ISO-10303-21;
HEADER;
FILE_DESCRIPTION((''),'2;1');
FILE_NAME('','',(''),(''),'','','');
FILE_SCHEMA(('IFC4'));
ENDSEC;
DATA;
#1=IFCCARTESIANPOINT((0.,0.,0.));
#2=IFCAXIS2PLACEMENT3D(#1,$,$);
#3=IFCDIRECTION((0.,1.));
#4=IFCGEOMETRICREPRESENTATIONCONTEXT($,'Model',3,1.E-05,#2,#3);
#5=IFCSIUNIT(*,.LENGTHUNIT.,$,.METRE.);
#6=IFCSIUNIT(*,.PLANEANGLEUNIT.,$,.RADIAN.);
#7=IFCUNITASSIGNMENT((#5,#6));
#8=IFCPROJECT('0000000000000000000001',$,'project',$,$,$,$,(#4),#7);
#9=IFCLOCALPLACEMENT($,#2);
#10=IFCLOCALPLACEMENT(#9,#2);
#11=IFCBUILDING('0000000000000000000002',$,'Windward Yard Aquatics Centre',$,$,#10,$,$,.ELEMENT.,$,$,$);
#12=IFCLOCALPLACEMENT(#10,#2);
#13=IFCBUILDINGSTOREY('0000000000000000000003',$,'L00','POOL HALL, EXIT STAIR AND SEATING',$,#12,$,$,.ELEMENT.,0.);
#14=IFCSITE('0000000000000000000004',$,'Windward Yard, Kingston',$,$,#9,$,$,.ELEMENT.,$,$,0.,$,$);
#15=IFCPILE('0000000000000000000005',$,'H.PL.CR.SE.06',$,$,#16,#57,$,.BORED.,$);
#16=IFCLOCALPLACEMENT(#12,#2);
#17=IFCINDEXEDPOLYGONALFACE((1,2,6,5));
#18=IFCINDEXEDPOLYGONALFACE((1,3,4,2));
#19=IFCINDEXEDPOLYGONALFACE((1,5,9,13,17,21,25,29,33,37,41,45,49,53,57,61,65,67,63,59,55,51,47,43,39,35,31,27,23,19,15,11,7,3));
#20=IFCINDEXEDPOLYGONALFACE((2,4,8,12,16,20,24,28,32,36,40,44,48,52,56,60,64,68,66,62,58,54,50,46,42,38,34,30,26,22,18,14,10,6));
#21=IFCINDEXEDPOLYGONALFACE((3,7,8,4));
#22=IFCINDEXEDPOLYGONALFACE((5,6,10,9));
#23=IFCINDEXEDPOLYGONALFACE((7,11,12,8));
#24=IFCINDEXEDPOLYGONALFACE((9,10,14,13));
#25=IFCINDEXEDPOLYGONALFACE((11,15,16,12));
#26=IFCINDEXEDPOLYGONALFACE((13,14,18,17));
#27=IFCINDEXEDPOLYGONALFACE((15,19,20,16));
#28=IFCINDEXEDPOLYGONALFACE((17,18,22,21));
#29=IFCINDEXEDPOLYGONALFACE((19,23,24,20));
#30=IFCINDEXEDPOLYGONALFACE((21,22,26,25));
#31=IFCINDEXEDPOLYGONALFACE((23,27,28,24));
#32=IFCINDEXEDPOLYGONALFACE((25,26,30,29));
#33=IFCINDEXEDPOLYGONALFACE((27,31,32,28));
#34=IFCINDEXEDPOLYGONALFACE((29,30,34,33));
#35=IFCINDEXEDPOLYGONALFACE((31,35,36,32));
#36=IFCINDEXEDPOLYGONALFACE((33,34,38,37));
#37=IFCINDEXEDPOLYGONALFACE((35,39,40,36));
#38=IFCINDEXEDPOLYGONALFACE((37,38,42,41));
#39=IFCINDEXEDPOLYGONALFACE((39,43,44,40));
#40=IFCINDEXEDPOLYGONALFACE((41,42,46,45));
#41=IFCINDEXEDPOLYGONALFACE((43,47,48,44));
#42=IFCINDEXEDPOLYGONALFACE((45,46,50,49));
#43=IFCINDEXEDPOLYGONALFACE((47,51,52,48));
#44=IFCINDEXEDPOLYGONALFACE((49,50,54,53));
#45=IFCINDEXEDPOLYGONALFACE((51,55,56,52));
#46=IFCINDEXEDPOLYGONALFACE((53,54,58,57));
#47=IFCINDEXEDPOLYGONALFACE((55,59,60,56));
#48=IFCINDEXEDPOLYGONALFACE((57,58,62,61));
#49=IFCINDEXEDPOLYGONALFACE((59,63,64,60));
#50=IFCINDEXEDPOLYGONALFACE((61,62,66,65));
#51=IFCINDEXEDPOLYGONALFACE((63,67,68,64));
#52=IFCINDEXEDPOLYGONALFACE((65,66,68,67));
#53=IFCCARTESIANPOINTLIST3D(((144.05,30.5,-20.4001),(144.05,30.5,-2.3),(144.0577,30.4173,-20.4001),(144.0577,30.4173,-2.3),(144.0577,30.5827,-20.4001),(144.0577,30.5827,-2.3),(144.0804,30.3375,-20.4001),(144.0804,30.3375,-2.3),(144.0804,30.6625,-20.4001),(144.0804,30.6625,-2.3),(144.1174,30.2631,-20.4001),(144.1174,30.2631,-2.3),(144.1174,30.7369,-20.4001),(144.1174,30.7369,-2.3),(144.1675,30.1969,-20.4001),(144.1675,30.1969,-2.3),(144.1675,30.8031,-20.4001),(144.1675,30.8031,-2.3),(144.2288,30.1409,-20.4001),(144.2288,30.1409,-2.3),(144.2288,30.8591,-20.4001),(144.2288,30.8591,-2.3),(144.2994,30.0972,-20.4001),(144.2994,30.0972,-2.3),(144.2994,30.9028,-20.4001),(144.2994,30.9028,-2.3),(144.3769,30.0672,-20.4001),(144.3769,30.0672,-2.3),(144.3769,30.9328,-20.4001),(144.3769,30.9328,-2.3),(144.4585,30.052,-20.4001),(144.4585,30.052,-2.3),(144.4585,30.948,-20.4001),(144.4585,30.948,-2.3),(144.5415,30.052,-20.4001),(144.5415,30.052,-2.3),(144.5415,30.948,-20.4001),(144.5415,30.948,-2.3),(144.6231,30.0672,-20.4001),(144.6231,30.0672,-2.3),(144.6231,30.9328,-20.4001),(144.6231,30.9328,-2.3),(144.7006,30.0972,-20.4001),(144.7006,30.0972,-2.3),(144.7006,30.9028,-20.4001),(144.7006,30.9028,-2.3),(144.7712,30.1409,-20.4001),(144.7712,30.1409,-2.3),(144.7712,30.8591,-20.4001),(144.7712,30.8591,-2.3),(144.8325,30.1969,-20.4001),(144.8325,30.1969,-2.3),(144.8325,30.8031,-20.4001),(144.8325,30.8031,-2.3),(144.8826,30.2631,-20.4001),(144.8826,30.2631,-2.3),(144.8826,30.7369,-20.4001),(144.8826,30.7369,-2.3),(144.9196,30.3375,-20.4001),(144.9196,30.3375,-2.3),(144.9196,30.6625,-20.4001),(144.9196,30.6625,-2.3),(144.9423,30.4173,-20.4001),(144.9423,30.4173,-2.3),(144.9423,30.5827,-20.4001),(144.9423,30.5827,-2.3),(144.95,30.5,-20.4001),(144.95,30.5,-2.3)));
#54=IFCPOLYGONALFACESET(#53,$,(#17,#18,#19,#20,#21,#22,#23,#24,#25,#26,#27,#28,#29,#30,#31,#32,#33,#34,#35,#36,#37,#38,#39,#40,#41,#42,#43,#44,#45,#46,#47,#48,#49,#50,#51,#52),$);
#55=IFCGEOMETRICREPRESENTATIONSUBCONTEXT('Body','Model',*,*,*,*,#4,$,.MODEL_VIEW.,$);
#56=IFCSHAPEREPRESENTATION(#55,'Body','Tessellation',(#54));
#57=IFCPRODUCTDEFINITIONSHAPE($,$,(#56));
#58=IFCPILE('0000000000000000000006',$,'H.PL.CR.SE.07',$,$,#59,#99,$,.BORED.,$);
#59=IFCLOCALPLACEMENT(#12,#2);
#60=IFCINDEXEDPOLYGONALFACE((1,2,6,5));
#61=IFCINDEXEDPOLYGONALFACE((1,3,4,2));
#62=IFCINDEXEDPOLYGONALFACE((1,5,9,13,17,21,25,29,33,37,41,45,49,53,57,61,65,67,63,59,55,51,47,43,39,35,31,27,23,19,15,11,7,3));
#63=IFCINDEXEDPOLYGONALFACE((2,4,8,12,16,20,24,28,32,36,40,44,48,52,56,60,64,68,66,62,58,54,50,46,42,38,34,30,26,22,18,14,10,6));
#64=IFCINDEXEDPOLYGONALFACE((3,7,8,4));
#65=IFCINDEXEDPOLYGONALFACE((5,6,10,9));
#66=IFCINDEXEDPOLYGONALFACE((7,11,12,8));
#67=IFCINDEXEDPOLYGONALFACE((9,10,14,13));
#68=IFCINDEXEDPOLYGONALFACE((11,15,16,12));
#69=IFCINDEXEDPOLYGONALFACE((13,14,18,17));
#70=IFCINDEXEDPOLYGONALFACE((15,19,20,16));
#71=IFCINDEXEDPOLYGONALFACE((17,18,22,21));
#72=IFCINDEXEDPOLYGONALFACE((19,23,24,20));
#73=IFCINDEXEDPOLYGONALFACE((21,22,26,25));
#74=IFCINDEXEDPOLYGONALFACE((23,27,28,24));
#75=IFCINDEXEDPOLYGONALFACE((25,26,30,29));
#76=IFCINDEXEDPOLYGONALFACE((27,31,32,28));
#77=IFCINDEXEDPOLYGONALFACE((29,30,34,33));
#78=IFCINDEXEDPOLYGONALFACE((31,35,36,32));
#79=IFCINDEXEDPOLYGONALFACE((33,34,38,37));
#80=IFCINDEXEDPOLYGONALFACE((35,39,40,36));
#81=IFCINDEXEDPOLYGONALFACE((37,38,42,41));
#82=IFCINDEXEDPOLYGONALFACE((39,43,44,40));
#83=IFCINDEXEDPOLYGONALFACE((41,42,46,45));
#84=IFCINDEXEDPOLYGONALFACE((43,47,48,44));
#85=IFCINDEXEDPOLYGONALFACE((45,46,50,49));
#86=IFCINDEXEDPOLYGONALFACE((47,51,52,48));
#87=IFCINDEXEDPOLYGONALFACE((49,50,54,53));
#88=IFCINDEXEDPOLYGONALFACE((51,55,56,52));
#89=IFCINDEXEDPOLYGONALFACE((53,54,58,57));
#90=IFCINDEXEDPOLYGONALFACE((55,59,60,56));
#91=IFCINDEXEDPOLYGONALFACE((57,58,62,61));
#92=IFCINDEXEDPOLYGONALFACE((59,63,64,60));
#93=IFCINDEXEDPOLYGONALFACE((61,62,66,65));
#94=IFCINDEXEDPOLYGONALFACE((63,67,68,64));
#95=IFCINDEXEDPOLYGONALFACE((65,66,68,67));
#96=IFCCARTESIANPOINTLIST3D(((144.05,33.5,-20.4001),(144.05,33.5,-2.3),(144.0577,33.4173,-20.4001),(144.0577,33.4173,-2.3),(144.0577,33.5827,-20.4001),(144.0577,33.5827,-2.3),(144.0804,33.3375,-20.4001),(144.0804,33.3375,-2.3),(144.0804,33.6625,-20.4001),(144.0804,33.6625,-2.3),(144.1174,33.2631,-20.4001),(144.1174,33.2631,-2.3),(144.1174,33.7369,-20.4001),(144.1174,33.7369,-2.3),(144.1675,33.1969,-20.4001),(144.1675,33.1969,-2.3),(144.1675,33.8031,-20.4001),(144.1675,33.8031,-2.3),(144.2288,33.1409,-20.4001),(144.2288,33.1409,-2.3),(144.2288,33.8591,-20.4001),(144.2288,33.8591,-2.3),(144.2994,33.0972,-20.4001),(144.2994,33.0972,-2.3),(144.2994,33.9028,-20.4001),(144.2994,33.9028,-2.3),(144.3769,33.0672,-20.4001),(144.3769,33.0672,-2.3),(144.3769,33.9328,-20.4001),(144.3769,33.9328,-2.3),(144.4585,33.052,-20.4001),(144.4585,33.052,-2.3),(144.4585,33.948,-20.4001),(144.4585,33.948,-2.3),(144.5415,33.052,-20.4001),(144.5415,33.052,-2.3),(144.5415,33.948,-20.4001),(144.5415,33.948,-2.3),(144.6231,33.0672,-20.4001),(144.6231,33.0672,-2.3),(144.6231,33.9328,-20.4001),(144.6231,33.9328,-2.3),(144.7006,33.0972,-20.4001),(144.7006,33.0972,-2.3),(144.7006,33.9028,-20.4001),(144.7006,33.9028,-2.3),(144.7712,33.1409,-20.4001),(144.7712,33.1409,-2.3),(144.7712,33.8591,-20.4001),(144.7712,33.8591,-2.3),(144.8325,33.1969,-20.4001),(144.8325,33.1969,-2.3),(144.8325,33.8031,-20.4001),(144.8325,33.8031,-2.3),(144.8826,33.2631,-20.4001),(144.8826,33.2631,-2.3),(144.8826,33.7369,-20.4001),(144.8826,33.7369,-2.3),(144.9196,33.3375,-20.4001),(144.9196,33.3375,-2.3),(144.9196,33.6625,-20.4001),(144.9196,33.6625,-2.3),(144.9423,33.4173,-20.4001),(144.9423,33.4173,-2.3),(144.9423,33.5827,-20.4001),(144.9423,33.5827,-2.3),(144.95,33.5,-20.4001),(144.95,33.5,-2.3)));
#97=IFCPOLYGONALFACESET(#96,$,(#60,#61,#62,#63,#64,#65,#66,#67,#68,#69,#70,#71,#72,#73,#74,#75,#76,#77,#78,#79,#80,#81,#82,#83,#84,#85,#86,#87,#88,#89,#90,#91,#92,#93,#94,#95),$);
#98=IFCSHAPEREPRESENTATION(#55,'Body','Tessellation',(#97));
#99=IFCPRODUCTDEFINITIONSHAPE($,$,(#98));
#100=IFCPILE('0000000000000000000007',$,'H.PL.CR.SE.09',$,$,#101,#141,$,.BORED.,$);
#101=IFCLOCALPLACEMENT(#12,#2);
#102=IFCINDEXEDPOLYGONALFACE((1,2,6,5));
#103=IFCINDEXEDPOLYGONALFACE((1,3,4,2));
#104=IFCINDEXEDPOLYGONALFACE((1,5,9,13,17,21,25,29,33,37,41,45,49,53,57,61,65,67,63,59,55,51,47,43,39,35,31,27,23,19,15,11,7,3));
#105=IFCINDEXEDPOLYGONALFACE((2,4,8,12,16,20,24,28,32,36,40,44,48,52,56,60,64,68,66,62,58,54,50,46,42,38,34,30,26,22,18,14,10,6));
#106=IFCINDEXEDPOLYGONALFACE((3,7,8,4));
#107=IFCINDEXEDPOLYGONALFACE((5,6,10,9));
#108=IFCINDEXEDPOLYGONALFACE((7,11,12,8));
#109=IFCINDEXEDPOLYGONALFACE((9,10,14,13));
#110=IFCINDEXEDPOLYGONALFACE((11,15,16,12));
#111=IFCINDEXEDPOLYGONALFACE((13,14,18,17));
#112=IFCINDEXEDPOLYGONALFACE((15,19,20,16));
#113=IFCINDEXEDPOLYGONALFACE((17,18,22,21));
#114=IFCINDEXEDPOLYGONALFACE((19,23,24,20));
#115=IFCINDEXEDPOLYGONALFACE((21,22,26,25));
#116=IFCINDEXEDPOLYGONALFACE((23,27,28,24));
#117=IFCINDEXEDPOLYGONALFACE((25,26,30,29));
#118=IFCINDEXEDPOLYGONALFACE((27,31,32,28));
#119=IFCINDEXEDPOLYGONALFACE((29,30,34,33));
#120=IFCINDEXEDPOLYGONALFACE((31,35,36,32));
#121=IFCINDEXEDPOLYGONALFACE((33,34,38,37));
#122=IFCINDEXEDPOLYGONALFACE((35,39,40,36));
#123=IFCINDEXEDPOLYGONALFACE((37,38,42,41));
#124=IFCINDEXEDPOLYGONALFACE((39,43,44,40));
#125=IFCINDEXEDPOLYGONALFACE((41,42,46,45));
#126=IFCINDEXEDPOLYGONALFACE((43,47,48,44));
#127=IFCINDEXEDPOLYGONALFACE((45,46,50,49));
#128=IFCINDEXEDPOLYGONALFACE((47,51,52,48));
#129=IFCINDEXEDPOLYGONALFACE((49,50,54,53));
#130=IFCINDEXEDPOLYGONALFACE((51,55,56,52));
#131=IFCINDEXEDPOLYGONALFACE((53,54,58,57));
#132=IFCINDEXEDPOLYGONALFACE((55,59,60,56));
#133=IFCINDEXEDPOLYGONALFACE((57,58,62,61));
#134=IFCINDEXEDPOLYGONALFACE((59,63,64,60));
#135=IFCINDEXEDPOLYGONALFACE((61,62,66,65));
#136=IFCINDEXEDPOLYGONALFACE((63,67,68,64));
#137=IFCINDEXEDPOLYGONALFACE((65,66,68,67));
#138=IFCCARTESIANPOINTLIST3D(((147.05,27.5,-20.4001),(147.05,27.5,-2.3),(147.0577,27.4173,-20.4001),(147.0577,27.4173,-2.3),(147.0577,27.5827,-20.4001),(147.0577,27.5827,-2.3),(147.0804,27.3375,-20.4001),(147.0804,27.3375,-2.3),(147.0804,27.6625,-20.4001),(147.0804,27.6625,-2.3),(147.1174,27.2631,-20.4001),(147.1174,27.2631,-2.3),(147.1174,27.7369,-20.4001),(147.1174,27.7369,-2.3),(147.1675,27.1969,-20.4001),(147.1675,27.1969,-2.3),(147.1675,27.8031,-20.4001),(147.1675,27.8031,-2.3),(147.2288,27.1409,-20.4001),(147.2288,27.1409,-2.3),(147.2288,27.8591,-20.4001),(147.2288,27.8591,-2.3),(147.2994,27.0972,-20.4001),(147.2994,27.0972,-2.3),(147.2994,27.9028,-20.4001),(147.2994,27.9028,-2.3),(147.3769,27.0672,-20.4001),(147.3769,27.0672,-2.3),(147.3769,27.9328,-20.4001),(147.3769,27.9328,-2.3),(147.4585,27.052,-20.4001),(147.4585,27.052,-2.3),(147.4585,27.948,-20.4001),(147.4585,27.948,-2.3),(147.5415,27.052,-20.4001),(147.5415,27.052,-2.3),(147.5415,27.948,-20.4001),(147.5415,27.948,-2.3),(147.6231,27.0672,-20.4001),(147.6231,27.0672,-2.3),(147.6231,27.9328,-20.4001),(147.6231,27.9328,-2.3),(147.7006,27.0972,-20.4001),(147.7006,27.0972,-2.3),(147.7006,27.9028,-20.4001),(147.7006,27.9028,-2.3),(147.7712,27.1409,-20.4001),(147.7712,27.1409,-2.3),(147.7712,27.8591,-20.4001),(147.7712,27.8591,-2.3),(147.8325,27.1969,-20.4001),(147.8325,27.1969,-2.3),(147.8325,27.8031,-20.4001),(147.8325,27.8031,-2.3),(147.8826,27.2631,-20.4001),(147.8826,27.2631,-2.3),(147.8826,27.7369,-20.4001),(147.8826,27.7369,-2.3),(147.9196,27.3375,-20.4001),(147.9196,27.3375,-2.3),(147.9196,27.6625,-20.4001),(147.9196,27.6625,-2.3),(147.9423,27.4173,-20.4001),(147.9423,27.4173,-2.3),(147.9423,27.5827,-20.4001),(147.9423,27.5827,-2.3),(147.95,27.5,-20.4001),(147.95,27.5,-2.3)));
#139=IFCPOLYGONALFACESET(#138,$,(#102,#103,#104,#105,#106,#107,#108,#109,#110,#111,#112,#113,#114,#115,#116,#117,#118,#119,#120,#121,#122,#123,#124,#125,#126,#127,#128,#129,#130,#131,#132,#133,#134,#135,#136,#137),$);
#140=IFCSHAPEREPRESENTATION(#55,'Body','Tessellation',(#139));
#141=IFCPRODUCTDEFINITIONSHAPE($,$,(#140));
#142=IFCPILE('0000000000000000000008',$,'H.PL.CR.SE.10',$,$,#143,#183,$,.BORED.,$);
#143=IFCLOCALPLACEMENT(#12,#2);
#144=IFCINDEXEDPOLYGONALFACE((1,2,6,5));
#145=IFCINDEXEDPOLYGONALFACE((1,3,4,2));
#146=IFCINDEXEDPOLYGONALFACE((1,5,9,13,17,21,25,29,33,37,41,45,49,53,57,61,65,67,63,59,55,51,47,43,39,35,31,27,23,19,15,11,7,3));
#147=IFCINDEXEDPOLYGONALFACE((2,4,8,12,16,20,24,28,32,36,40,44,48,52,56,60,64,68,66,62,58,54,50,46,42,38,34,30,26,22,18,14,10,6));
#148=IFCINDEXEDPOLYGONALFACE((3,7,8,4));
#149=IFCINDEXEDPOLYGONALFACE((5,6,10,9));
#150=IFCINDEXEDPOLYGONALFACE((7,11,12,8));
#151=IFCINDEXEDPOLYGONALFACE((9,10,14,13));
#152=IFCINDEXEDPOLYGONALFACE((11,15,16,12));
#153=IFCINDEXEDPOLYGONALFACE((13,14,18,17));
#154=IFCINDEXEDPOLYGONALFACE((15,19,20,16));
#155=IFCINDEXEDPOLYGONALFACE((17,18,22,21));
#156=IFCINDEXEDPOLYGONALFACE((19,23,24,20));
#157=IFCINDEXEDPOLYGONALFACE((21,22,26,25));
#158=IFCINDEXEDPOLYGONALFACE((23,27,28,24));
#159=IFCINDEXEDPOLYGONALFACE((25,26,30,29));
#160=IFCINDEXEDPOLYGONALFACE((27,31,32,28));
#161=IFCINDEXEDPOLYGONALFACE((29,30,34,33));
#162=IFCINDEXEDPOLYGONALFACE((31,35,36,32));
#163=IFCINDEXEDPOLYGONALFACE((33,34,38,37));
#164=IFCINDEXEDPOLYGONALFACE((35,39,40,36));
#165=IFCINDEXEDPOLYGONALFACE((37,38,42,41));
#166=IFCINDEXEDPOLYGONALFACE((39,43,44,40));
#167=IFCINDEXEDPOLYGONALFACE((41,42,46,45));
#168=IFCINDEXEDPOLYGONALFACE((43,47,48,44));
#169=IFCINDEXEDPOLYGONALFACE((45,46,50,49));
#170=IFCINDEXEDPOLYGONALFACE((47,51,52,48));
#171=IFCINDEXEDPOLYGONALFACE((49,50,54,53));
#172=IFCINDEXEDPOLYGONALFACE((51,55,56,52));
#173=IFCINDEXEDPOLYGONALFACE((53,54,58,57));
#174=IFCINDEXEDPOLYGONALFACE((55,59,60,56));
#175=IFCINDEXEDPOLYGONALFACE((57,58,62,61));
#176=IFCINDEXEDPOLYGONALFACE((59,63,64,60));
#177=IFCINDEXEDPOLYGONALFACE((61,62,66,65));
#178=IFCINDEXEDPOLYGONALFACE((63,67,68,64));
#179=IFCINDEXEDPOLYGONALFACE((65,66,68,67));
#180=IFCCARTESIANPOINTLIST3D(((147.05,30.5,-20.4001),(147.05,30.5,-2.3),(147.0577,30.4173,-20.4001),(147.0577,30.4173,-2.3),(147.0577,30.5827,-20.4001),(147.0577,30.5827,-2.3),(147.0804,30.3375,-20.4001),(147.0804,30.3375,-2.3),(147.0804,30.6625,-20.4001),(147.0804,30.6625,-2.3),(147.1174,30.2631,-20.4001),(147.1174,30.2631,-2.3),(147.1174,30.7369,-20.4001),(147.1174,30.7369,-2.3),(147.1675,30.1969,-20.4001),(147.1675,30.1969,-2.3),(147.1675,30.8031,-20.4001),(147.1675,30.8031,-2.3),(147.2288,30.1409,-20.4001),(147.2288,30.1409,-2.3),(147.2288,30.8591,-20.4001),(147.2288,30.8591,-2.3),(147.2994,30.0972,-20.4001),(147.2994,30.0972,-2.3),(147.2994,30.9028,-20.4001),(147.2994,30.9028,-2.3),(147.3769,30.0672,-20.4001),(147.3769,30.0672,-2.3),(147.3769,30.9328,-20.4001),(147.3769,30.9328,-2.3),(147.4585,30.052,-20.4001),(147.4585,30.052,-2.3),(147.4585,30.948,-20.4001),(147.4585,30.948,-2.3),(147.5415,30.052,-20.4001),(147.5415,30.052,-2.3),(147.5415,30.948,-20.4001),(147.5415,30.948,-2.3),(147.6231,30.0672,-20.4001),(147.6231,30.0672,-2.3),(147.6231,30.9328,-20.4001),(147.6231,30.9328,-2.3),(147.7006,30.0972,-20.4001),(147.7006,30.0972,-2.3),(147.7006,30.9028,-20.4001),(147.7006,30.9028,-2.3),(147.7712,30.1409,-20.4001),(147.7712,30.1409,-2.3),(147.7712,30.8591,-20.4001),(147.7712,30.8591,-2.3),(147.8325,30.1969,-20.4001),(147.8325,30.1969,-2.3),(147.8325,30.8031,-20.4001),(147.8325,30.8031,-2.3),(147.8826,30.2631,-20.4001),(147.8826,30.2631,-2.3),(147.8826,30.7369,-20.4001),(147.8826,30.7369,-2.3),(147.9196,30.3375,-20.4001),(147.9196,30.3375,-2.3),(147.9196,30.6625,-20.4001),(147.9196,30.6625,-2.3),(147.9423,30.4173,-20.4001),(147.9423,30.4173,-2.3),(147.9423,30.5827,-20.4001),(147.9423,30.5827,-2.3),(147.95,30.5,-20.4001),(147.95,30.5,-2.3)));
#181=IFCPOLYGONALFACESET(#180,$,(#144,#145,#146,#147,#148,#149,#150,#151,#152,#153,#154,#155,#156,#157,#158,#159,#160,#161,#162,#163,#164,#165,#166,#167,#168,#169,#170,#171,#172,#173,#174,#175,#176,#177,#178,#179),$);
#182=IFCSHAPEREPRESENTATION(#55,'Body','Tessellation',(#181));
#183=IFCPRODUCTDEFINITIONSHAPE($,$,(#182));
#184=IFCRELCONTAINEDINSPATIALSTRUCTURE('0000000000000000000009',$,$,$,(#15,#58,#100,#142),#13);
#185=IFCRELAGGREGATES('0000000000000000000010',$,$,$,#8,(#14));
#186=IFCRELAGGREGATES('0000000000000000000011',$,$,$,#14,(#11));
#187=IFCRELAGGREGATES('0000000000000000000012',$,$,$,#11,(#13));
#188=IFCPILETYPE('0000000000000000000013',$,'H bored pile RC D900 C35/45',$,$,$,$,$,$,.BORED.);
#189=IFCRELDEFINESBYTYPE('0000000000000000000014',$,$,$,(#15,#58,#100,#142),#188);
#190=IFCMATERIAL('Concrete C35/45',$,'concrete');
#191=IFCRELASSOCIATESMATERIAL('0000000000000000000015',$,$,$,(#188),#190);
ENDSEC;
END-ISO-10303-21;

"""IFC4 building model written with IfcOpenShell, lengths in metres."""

from ifc_helpers import new_model, si_unit, direction, frame, origin, origin_2d, place, context, subcontext, project, spatial, circle, extrude, material, material_profile, profile_set, type_object, element, save


model = new_model("IFC4")

# Units and contexts
model_context = context("Model", 3, precision=1e-05, world=origin(), true_north=direction((0.0, 1.0)))
body_context = subcontext(model_context, "Body", "Model", "MODEL_VIEW")
ifc_project = project(units=[si_unit("LENGTHUNIT", "METRE"), si_unit("PLANEANGLEUNIT", "RADIAN")], contexts=[model_context])

# Site, building, storey
site_placement = place(None, origin())
site = spatial("IfcSite", under=ifc_project, at=site_placement, Name="Windward Yard, Kingston", CompositionType="ELEMENT", RefElevation=0.0)
building_placement = place(site_placement, origin())
building = spatial("IfcBuilding", under=site, at=building_placement, Name="Windward Yard Aquatics Centre", CompositionType="ELEMENT")
storey_placement = place(building_placement, origin())
storey = spatial("IfcBuildingStorey", under=building, at=storey_placement, Name="L00", Description="POOL HALL, EXIT STAIR AND SEATING", CompositionType="ELEMENT", Elevation=0.0)

# Piles
ifc_material_1 = material(Name="Concrete C35/45", Category="concrete")
ifc_material_profile = material_profile(ifc_material_1, circle(Radius=0.45, at=origin_2d()), Name="RC D900")
ifc_profile_set = profile_set([ifc_material_profile], Name="Concrete C35/45")
pile_type = type_object("IfcPileType", Name="H bored pile RC D900 C35/45", PredefinedType="BORED", material=ifc_profile_set)
for number, where, z_axis, x_axis, name in (
    (1, (144.5, 30.5, -2.3), (0.0, 0.0, -1.0), (1.0, 0.0, 0.0), "H.PL.CR.SE.06"),
    (2, (144.5, 33.5, -2.3), (0.0, 0.0, -1.0), (1.0, 0.0, 0.0), "H.PL.CR.SE.07"),
    (3, (147.5, 27.5, -2.3), (0.0, 0.0, -1.0), (1.0, 0.0, 0.0), "H.PL.CR.SE.09"),
    (4, (147.5, 30.5, -2.3), (0.0, 0.0, -1.0), (1.0, 0.0, 0.0), "H.PL.CR.SE.10"),
):
    element("IfcPile", number, at=place(storey_placement, frame(where, z_axis=z_axis, x_axis=x_axis)), inside=storey, type_object=pile_type, Name=name, PredefinedType="BORED", context=body_context, shape_type="SweptSolid", body=[
        extrude(circle(Radius=0.45, at=origin_2d()), origin(), (0.0, 0.0, 1.0), 18.1001),
    ])

save(model, "model.ifc")
